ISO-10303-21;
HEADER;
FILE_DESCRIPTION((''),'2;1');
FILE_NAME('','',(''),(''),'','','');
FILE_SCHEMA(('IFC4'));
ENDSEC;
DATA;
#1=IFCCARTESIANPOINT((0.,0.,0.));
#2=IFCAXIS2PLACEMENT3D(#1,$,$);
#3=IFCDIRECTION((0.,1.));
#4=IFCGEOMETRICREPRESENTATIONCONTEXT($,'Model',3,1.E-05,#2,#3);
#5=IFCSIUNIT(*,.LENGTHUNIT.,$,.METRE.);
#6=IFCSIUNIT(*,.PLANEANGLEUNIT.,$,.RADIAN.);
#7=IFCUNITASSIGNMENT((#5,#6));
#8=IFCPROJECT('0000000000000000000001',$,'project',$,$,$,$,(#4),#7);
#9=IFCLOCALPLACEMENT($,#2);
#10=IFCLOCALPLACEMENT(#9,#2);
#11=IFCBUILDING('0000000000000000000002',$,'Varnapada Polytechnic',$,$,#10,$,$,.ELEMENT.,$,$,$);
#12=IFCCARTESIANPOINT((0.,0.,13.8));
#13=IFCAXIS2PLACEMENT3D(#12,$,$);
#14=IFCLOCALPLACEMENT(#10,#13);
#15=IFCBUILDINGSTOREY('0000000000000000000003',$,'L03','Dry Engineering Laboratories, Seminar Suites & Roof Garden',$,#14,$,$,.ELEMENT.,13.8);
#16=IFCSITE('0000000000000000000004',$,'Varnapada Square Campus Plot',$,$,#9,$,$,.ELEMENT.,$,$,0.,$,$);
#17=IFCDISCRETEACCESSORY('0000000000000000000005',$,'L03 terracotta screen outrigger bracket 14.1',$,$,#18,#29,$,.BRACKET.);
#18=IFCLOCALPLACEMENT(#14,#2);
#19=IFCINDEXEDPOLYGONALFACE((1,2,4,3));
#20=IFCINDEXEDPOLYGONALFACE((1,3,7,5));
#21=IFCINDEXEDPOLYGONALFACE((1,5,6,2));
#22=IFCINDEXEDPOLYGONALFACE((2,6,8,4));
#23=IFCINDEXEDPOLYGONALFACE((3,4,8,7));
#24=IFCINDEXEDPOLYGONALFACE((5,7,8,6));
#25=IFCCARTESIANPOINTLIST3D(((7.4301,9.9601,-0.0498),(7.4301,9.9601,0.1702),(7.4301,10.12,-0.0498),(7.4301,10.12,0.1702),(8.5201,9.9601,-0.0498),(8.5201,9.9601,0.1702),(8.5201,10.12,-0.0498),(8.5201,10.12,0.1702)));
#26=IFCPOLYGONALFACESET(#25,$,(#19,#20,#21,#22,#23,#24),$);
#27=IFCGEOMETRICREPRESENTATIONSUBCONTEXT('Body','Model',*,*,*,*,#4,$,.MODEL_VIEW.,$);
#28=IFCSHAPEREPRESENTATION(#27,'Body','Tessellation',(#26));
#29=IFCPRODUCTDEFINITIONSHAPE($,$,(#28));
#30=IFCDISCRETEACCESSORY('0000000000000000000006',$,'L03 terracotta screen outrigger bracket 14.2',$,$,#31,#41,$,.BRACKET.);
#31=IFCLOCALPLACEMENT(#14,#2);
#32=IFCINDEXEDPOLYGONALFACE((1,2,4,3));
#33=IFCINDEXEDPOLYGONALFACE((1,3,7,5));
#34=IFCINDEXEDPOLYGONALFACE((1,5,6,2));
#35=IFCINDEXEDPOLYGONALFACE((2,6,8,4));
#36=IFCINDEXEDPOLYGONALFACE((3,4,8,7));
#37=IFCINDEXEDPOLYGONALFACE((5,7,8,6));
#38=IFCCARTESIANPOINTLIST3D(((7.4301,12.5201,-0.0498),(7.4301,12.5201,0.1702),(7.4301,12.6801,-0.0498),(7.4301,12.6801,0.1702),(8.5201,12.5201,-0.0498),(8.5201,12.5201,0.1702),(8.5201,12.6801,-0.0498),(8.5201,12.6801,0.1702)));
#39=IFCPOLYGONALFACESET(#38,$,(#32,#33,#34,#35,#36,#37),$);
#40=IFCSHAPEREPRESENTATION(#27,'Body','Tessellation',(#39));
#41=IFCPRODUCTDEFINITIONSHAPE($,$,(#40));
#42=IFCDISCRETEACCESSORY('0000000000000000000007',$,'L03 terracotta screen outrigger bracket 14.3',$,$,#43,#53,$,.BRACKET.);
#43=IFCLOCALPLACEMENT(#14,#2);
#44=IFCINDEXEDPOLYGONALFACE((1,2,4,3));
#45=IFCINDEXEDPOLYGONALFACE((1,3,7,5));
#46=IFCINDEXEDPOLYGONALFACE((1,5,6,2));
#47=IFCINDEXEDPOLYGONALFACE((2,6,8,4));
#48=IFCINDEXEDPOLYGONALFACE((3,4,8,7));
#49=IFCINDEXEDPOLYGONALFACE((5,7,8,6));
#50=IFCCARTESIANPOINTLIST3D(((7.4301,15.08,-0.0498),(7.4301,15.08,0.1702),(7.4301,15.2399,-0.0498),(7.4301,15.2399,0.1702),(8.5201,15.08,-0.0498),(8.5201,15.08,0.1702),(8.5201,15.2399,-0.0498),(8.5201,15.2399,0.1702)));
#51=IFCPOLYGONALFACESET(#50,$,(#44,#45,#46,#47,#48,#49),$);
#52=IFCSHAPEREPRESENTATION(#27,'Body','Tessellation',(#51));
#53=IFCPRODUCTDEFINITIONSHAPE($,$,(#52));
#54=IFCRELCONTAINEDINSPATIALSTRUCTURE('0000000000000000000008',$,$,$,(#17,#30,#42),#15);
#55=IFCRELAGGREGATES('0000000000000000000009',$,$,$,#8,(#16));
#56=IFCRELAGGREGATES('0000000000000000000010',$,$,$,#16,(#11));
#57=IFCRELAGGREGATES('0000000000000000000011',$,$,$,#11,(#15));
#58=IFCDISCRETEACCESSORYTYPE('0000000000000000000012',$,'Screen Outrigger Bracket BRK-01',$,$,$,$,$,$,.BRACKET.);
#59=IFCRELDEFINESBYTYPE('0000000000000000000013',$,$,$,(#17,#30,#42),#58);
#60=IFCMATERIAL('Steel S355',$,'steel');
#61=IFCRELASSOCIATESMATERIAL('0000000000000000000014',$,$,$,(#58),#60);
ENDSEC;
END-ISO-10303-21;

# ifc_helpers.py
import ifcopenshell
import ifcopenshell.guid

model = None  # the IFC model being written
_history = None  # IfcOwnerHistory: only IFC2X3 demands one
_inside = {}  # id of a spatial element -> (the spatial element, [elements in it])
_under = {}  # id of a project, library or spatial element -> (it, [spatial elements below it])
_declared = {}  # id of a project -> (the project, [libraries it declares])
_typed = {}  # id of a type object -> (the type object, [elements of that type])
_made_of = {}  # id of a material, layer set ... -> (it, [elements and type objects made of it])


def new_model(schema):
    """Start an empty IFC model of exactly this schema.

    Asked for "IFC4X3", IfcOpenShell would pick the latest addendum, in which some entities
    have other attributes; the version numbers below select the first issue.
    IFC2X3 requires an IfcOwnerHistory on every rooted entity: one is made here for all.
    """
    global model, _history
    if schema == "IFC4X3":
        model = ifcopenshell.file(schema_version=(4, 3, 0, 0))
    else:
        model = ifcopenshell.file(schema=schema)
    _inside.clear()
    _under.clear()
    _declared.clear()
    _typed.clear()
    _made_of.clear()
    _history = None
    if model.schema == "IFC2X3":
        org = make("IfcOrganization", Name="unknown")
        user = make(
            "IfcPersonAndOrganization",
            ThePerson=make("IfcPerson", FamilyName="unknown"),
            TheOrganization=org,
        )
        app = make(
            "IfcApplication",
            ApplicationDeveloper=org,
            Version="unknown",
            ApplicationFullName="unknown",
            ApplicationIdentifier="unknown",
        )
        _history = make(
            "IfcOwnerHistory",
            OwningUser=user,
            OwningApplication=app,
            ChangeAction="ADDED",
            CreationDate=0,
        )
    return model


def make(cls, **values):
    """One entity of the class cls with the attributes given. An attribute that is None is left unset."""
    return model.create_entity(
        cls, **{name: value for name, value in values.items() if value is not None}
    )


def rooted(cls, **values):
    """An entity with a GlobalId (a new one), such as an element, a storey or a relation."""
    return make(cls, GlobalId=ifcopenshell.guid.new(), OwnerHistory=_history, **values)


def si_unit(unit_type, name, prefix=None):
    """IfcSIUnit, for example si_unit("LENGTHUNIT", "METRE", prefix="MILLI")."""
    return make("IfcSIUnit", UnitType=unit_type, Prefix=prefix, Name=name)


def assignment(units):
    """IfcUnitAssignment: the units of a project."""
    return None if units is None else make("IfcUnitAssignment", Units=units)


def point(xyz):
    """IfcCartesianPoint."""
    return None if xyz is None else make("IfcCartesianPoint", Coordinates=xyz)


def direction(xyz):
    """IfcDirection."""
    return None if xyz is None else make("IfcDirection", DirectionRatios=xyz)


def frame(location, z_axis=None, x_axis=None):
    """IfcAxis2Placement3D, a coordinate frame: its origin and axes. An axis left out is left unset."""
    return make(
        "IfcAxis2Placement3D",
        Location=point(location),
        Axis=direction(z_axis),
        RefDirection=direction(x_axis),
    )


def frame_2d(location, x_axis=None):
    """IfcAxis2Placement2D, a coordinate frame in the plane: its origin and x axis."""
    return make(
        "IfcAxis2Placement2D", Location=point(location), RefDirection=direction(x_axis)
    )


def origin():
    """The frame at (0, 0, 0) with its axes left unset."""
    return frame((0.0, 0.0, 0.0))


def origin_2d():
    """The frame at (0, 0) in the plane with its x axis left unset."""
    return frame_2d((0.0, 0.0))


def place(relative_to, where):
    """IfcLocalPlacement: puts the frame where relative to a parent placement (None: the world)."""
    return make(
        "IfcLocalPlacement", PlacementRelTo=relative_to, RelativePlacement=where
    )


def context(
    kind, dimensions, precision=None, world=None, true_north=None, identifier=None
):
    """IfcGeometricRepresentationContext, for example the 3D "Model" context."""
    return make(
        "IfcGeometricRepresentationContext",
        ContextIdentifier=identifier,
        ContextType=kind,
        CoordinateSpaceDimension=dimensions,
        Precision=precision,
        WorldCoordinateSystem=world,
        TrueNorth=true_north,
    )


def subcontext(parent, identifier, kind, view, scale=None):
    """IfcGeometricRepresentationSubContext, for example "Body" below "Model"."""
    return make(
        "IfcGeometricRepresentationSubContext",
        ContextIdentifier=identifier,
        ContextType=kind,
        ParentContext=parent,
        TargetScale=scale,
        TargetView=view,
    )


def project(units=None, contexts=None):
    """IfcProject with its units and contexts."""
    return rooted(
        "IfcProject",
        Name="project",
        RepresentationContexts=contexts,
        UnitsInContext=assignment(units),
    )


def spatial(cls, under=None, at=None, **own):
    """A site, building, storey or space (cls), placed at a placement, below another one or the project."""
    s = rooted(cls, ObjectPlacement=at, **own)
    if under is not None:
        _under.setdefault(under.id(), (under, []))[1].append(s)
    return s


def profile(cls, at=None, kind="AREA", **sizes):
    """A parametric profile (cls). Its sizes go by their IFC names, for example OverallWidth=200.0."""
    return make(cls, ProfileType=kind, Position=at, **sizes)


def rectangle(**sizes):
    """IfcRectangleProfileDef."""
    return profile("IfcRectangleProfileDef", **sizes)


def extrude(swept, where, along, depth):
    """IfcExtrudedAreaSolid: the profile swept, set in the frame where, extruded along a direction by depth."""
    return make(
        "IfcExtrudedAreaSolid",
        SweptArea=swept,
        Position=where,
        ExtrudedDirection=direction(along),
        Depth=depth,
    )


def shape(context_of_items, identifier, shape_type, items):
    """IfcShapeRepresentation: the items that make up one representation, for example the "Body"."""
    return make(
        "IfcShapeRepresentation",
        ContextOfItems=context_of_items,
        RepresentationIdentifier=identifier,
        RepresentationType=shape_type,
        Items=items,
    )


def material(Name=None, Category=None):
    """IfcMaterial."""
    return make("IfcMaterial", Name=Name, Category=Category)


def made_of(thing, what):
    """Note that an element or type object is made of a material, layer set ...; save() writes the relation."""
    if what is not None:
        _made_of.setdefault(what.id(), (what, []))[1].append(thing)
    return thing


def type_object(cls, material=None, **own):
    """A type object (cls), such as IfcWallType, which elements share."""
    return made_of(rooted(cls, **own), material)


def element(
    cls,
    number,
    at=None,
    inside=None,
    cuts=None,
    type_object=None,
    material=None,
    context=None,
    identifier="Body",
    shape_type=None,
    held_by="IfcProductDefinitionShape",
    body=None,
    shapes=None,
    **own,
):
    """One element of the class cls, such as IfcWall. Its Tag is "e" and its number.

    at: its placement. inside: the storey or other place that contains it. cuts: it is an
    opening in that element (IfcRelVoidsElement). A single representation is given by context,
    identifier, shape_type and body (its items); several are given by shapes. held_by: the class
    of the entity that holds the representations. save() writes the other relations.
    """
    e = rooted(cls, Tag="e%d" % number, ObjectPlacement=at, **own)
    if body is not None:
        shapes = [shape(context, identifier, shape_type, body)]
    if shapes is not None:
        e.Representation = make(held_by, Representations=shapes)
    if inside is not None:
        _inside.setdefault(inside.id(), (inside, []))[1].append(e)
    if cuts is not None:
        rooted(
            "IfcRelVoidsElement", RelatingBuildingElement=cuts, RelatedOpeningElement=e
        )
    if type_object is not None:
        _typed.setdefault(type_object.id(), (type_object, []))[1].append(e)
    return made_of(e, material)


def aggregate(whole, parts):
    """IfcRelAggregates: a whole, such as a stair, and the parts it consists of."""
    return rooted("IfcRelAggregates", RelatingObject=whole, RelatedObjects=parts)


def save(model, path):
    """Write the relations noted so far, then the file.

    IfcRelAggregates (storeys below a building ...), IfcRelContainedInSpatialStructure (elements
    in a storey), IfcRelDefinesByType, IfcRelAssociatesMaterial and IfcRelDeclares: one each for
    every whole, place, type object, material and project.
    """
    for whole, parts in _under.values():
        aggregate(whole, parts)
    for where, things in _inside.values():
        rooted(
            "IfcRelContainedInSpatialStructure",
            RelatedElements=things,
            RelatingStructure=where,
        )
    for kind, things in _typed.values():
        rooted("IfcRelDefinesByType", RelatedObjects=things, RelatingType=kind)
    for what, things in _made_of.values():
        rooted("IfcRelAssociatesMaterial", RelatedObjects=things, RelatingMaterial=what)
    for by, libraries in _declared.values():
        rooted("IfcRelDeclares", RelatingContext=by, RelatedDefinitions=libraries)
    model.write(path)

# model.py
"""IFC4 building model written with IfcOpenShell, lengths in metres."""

from ifc_helpers import new_model, si_unit, direction, frame, origin, origin_2d, place, context, subcontext, project, spatial, rectangle, extrude, material, type_object, element, save


model = new_model("IFC4")

# Units and contexts
model_context = context("Model", 3, precision=1e-05, world=origin(), true_north=direction((0.0, 1.0)))
body_context = subcontext(model_context, "Body", "Model", "MODEL_VIEW")
ifc_project = project(units=[si_unit("LENGTHUNIT", "METRE"), si_unit("PLANEANGLEUNIT", "RADIAN")], contexts=[model_context])

# Site, building, storey
site_placement = place(None, origin())
site = spatial("IfcSite", under=ifc_project, at=site_placement, Name="Varnapada Square Campus Plot", CompositionType="ELEMENT", RefElevation=0.0)
building_placement = place(site_placement, origin())
building = spatial("IfcBuilding", under=site, at=building_placement, Name="Varnapada Polytechnic", CompositionType="ELEMENT")
storey_placement = place(building_placement, frame((0.0, 0.0, 13.8)))
storey = spatial("IfcBuildingStorey", under=building, at=storey_placement, Name="L03", Description="Dry Engineering Laboratories, Seminar Suites & Roof Garden", CompositionType="ELEMENT", Elevation=13.8)

# Discrete accessories
ifc_material_1 = material(Name="Steel S355", Category="steel")
discrete_accessory_type = type_object("IfcDiscreteAccessoryType", Name="Screen Outrigger Bracket BRK-01", PredefinedType="BRACKET", material=ifc_material_1)
for number, where, z_axis, x_axis, name in (
    (1, (7.9751, 10.04, -0.0498), (0.0, 0.0, 1.0), (0.0, 1.0, 0.0), "L03 terracotta screen outrigger bracket 14.1"),
    (2, (7.9751, 12.6001, -0.0498), (0.0, 0.0, 1.0), (0.0, 1.0, 0.0), "L03 terracotta screen outrigger bracket 14.2"),
    (3, (7.9751, 15.1599, -0.0498), (0.0, 0.0, 1.0), (0.0, 1.0, 0.0), "L03 terracotta screen outrigger bracket 14.3"),
):
    element("IfcDiscreteAccessory", number, at=place(storey_placement, frame(where, z_axis=z_axis, x_axis=x_axis)), inside=storey, type_object=discrete_accessory_type, Name=name, PredefinedType="BRACKET", context=body_context, shape_type="SweptSolid", body=[
        extrude(rectangle(XDim=0.1599, YDim=1.0901, at=origin_2d()), origin(), (0.0, 0.0, 1.0), 0.22),
    ])

save(model, "model.ifc")
